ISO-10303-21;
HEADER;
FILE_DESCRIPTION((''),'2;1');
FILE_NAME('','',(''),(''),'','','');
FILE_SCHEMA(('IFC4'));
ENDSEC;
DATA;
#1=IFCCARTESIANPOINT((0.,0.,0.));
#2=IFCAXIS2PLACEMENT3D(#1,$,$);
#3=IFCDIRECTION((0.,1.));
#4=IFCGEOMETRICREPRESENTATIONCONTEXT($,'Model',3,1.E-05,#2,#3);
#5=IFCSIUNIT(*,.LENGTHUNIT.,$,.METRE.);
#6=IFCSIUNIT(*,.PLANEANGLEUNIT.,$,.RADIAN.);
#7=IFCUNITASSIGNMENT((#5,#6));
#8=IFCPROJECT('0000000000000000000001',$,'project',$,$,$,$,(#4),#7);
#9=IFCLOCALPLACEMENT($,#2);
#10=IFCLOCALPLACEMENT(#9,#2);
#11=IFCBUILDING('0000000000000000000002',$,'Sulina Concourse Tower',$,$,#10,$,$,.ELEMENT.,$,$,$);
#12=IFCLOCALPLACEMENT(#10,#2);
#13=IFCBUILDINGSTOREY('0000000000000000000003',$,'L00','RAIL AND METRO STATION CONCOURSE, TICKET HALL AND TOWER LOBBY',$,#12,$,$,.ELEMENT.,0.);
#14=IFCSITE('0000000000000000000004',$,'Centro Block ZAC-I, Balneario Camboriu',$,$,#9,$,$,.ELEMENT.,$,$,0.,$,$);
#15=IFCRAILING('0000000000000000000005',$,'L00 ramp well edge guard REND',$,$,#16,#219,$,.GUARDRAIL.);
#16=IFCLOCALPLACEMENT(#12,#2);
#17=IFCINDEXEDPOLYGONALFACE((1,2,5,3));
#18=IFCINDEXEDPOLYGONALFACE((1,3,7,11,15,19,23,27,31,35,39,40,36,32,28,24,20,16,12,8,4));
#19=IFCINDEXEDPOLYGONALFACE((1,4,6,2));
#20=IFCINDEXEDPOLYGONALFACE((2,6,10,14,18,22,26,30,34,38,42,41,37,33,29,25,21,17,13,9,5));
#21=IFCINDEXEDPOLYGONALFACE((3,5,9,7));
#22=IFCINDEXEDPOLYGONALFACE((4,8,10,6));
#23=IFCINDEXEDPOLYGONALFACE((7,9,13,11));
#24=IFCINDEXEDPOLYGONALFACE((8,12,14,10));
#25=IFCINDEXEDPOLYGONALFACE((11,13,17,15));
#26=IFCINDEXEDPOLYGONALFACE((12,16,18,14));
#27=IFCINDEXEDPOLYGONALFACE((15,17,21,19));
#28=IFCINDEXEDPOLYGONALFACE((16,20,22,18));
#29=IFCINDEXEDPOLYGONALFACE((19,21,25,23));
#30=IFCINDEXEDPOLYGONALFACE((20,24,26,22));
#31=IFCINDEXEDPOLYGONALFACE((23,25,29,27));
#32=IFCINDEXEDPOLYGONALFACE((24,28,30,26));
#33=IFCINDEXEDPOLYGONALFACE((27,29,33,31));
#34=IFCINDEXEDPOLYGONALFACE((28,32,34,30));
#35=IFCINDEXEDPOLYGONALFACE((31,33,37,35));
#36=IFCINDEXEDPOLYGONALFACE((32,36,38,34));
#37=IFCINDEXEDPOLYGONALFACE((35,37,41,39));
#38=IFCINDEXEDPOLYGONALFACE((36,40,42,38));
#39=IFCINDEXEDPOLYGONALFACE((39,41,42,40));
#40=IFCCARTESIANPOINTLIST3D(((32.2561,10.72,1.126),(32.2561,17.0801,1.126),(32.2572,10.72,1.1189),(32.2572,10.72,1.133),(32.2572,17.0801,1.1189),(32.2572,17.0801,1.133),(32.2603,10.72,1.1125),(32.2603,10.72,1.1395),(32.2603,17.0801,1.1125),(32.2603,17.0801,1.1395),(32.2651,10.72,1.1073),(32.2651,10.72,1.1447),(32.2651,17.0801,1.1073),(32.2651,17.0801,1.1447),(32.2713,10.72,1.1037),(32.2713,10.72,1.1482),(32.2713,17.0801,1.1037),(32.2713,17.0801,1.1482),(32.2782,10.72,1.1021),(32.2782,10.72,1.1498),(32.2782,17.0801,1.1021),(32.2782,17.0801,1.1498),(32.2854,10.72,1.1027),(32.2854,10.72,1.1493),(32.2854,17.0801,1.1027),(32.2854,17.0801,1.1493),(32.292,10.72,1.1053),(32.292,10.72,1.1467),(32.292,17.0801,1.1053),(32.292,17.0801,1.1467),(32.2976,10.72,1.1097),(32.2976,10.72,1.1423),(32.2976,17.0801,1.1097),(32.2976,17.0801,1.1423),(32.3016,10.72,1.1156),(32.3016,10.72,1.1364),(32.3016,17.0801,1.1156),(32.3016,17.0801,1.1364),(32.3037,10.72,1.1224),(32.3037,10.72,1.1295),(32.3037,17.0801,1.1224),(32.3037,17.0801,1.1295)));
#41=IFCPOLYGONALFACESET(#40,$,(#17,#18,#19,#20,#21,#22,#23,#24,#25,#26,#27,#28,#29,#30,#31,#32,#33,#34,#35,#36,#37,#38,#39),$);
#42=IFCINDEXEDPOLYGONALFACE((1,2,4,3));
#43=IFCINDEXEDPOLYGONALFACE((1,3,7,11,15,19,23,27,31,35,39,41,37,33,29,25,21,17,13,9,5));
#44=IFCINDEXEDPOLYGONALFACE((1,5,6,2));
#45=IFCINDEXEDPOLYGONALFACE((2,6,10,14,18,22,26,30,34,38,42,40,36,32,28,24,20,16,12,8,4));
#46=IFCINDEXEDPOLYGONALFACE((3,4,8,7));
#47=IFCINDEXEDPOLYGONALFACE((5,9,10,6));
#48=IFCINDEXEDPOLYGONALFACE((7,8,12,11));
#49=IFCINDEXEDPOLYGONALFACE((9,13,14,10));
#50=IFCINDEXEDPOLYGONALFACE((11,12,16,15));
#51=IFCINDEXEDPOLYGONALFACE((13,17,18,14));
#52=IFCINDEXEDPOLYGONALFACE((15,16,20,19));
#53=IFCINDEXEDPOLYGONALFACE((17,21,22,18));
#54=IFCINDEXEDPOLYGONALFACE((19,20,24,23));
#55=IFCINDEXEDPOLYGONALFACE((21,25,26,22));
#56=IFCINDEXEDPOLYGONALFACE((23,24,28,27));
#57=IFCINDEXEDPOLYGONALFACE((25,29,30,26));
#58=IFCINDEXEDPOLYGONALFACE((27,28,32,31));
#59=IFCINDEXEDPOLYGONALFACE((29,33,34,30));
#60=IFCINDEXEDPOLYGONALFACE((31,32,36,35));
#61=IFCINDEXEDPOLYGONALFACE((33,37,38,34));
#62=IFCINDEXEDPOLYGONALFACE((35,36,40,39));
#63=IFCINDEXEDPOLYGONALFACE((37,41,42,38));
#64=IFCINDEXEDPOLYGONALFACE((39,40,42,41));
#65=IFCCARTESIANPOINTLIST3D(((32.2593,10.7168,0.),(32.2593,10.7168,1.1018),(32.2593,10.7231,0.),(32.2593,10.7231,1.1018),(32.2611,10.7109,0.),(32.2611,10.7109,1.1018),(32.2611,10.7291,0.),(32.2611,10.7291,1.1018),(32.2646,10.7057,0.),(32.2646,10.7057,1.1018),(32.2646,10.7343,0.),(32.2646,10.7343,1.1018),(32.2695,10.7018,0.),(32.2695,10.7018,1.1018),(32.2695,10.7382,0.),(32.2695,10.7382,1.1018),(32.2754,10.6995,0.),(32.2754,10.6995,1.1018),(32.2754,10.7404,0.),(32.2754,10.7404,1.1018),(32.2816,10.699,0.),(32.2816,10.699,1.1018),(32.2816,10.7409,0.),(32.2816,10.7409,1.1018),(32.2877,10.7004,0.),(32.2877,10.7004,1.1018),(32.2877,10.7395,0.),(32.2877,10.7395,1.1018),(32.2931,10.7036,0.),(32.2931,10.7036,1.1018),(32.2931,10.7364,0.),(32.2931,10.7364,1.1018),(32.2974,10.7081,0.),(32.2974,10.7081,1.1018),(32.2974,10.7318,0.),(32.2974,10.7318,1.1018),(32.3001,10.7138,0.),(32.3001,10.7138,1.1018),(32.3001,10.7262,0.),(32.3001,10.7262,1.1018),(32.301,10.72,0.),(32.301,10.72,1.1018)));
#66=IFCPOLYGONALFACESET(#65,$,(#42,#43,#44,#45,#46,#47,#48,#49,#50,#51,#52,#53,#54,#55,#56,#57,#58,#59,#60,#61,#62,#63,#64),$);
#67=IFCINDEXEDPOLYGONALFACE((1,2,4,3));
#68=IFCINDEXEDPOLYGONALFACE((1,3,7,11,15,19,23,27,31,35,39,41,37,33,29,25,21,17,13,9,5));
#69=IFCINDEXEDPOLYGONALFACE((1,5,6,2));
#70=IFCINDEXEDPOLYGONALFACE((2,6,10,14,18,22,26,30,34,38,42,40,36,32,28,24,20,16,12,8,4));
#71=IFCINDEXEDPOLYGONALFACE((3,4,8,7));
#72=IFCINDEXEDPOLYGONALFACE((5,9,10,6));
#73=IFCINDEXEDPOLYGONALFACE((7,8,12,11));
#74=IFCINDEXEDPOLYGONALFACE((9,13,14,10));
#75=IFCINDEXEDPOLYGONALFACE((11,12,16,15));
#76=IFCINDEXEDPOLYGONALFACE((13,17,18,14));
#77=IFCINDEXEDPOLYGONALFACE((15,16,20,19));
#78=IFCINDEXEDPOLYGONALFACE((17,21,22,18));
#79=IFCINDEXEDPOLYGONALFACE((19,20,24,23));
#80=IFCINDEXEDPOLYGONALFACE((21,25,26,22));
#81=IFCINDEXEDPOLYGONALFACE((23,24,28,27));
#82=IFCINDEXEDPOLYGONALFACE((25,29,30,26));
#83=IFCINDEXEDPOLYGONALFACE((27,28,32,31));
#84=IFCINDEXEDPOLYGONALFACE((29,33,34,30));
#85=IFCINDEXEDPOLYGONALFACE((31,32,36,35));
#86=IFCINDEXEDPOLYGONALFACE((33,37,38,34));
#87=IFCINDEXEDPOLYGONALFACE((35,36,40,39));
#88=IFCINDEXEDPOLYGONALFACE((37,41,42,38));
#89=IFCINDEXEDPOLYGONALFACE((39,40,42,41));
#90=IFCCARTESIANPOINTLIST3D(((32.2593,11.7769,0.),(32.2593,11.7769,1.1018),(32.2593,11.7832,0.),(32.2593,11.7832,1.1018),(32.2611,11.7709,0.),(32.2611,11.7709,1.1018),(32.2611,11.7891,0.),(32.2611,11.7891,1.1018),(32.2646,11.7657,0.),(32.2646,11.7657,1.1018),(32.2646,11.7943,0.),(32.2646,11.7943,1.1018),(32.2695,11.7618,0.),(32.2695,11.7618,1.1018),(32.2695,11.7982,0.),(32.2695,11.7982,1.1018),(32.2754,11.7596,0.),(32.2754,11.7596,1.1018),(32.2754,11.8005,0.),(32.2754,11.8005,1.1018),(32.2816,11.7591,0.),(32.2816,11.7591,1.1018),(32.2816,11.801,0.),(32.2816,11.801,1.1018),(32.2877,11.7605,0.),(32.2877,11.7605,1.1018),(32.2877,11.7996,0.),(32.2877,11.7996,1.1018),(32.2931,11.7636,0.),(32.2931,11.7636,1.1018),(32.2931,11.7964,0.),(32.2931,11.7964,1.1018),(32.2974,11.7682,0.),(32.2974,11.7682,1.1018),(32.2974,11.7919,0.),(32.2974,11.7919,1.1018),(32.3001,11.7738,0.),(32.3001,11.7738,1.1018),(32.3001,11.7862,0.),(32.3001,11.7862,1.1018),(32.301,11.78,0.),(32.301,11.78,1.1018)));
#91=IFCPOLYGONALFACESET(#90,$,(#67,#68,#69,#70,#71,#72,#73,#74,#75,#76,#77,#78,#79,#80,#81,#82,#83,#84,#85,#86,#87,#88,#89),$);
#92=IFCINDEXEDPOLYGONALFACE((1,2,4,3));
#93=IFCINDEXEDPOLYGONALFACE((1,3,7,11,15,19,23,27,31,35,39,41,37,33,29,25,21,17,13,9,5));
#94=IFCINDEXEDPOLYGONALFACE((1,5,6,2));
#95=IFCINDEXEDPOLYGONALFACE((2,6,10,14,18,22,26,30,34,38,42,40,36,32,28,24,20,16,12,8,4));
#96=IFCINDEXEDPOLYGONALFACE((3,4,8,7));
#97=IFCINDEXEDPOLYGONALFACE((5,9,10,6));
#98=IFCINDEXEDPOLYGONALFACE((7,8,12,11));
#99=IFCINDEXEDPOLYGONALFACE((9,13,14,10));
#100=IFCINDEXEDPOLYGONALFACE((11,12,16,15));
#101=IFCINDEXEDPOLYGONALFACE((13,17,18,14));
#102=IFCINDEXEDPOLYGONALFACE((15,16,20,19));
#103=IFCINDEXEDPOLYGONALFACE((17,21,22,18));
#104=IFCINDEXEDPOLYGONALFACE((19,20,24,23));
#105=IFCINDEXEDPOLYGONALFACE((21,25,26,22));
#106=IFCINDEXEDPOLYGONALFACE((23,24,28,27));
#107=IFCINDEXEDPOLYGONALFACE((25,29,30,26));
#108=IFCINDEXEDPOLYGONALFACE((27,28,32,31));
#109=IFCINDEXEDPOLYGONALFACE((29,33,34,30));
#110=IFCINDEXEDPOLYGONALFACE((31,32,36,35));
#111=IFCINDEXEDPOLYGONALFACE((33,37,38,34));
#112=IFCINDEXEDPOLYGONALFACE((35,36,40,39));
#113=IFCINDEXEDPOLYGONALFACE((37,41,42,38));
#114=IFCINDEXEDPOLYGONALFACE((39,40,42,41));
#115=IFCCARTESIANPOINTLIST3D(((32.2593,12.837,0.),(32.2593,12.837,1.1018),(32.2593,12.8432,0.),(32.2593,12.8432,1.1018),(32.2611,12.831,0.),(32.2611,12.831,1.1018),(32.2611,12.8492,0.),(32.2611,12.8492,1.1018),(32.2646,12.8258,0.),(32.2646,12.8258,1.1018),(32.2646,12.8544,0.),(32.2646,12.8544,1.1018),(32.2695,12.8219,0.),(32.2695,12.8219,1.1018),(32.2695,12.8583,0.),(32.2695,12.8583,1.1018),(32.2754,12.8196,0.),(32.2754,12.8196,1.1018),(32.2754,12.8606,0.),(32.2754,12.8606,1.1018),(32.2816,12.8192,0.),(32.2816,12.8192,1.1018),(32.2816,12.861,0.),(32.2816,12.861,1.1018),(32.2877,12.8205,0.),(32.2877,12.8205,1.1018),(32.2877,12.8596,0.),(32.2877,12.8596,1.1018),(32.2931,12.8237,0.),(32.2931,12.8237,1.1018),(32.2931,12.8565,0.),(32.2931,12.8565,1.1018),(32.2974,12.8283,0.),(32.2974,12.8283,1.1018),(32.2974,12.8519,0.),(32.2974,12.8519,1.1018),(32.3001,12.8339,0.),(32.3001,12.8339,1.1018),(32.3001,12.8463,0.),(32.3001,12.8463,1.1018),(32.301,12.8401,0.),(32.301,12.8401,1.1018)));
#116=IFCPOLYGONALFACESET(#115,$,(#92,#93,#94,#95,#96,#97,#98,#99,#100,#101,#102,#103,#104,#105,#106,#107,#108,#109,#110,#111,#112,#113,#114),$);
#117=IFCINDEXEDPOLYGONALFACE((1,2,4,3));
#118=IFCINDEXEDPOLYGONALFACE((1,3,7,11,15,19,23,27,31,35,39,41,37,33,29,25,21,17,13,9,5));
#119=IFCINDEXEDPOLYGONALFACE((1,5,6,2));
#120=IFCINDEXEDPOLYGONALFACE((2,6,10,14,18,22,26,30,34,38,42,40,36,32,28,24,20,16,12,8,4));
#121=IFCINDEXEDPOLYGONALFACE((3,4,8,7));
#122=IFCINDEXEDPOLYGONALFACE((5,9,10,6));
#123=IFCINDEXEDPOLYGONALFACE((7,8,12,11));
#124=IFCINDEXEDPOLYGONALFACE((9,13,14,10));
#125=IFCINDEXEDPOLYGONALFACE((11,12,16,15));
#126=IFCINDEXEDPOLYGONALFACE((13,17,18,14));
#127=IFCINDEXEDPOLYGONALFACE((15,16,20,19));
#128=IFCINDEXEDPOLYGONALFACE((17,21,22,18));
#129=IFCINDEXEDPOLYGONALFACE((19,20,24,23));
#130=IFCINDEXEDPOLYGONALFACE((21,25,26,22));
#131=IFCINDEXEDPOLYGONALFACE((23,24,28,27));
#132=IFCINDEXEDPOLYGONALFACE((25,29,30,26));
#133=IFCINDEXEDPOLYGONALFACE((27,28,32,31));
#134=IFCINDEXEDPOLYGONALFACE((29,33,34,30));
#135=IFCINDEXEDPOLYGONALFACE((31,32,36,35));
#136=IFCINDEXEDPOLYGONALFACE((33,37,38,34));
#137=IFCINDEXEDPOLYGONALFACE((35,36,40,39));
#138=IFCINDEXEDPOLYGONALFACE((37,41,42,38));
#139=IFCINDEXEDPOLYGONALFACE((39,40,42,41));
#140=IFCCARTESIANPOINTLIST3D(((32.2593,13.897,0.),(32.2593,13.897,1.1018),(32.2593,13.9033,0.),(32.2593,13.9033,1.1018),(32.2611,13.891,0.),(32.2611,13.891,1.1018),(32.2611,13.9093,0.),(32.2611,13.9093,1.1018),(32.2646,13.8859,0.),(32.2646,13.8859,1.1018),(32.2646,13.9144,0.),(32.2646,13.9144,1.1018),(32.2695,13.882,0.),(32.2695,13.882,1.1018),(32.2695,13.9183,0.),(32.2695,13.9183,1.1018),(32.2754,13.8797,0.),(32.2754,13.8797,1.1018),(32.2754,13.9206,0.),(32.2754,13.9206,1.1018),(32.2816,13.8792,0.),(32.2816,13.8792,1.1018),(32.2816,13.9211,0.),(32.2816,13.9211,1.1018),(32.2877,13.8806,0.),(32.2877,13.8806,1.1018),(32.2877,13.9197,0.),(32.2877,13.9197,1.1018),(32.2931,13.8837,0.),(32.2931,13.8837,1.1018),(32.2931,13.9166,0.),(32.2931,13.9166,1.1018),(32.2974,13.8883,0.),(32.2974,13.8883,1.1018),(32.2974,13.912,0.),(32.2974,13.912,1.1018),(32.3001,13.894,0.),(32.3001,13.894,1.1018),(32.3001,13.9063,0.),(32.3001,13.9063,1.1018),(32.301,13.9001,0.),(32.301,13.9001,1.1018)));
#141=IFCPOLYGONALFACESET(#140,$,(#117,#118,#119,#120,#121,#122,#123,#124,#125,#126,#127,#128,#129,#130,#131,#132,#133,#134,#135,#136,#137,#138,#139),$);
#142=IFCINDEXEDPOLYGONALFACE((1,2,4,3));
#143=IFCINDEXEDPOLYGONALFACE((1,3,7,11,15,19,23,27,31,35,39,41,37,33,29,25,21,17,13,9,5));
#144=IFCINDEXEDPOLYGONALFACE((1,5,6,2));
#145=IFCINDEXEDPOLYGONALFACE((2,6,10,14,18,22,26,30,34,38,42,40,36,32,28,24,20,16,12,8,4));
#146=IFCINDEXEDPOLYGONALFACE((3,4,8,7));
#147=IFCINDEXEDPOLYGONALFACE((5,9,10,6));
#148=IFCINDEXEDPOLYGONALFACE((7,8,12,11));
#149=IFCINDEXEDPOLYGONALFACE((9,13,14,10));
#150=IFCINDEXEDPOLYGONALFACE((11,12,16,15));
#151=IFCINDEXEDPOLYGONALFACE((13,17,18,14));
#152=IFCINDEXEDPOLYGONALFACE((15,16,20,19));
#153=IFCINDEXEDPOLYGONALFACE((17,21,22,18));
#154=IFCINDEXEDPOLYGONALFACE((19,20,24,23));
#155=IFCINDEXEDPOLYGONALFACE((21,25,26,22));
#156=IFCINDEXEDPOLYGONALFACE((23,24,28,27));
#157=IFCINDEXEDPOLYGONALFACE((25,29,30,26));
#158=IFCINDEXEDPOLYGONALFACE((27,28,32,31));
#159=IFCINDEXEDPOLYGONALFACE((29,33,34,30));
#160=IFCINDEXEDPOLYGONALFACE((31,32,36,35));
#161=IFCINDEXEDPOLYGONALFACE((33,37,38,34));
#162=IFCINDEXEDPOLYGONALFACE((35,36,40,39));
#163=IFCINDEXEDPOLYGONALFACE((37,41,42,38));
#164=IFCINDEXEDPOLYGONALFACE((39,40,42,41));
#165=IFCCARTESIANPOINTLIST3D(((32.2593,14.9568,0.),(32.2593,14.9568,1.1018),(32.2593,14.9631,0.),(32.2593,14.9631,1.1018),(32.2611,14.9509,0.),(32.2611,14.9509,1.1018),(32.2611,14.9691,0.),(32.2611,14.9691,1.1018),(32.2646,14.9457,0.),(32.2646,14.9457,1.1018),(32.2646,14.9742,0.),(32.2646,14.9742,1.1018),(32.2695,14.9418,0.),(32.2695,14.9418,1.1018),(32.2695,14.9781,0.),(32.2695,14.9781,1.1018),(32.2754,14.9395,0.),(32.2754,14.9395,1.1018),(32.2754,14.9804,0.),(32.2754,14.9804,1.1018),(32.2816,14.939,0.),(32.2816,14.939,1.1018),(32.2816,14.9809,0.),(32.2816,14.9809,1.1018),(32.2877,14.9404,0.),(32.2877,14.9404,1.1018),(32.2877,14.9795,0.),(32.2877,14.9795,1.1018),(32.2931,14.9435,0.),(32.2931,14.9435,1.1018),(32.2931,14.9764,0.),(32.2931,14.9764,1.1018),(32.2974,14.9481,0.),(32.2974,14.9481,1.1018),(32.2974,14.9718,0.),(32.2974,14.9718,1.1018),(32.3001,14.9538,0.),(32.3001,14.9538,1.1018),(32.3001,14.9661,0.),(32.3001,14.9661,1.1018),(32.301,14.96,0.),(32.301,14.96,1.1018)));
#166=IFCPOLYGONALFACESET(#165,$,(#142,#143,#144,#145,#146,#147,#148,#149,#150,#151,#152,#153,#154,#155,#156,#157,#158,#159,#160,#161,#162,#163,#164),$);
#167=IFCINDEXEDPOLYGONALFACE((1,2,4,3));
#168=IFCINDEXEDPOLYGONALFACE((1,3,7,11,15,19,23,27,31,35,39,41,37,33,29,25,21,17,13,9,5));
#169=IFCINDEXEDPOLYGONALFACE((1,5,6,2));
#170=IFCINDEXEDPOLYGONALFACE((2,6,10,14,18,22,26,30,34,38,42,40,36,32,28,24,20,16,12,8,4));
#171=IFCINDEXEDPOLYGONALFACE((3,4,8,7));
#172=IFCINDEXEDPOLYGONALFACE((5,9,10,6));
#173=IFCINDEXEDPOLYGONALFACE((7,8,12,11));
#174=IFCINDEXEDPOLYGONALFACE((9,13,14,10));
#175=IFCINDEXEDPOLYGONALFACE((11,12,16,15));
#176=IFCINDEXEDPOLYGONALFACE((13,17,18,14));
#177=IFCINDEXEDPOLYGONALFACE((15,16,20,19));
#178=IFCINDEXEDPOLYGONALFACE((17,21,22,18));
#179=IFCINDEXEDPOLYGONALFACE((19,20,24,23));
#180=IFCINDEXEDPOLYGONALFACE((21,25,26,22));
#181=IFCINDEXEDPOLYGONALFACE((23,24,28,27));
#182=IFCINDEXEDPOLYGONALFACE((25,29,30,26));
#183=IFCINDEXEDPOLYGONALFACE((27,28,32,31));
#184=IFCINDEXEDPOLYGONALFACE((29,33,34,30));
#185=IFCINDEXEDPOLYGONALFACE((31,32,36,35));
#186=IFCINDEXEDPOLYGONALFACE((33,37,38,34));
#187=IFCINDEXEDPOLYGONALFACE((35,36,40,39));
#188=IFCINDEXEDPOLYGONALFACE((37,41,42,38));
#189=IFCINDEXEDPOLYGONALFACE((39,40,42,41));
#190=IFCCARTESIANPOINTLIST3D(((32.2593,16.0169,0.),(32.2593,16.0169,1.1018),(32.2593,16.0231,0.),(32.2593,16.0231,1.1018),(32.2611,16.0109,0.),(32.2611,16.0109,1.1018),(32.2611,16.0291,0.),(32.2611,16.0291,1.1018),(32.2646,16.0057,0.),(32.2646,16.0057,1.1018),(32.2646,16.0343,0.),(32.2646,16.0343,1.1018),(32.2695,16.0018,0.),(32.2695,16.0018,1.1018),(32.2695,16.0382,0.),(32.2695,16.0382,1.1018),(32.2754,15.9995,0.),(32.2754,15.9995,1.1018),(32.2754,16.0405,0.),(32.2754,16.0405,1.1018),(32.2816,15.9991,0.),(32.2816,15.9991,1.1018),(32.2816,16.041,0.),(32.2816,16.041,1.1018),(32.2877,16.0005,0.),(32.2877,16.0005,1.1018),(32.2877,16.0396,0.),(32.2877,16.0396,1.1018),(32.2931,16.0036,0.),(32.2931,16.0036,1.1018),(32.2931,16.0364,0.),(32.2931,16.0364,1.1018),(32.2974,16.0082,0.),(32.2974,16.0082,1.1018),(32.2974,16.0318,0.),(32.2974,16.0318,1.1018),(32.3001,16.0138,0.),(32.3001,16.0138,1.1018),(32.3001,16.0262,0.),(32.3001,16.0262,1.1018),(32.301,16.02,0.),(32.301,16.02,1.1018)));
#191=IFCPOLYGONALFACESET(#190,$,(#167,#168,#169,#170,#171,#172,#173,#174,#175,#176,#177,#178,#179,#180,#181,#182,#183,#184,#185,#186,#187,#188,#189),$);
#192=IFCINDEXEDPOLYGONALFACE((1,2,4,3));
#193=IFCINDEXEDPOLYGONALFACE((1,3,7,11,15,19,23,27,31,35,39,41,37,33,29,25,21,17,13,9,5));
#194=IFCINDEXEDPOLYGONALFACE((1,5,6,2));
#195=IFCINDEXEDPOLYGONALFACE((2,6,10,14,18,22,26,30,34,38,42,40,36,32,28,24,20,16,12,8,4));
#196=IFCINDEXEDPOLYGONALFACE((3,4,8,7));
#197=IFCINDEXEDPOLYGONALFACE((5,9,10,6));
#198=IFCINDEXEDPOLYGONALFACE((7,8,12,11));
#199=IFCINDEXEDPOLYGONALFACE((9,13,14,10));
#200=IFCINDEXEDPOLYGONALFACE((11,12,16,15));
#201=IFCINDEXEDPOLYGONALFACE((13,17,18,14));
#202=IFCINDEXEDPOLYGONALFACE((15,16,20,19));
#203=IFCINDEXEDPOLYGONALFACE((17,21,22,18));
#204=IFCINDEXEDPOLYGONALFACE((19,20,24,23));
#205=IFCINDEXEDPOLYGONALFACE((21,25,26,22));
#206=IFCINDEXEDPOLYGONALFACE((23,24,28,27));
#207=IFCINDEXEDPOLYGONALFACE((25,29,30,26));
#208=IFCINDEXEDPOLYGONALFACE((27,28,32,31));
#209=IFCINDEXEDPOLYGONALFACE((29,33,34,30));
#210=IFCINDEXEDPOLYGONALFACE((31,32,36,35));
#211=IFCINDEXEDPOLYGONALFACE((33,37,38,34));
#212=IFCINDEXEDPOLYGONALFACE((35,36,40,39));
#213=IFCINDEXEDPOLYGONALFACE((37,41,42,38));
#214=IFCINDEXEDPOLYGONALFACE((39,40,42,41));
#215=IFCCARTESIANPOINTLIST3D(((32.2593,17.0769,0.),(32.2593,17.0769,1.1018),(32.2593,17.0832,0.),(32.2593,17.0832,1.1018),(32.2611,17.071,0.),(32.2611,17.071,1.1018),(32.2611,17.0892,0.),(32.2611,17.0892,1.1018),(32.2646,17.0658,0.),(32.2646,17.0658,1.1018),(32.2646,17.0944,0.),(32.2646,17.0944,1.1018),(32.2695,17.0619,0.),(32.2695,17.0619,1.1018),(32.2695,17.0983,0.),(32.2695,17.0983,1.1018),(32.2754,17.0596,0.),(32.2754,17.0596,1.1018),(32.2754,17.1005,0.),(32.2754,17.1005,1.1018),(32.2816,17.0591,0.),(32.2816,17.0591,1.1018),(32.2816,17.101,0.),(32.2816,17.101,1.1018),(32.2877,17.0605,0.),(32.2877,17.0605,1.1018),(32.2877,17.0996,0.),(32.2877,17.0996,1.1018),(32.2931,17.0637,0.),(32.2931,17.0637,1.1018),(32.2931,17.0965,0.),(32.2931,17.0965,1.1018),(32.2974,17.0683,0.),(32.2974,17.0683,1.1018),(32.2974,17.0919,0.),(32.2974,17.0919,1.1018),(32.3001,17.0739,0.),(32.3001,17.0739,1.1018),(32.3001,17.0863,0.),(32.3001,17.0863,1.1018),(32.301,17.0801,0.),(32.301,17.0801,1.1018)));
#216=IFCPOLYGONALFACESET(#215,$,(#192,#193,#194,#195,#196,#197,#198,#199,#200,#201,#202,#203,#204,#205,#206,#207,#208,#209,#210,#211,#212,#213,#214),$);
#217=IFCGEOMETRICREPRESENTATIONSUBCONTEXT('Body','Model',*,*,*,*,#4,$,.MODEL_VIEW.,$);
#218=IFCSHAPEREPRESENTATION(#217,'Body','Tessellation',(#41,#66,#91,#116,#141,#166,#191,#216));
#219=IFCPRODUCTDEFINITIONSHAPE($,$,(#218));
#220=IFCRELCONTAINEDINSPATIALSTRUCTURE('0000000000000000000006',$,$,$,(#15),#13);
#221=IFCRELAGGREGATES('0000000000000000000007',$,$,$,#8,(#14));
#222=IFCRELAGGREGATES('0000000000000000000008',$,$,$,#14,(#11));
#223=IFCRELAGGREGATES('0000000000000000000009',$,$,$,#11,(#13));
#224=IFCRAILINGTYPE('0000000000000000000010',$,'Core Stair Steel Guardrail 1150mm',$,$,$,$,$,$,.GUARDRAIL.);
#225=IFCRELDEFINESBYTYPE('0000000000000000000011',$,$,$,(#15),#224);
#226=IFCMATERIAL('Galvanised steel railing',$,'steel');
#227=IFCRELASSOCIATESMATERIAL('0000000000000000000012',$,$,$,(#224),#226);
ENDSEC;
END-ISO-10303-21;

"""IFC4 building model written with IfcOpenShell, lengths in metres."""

from ifc_helpers import new_model, si_unit, direction, frame, origin, origin_2d, place, context, subcontext, project, spatial, circle, extrude, material, type_object, element, save


model = new_model("IFC4")

# Units and contexts
model_context = context("Model", 3, precision=1e-05, world=origin(), true_north=direction((0.0, 1.0)))
body_context = subcontext(model_context, "Body", "Model", "MODEL_VIEW")
ifc_project = project(units=[si_unit("LENGTHUNIT", "METRE"), si_unit("PLANEANGLEUNIT", "RADIAN")], contexts=[model_context])

# Site, building, storey
site_placement = place(None, origin())
site = spatial("IfcSite", under=ifc_project, at=site_placement, Name="Centro Block ZAC-I, Balneario Camboriu", CompositionType="ELEMENT", RefElevation=0.0)
building_placement = place(site_placement, origin())
building = spatial("IfcBuilding", under=site, at=building_placement, Name="Sulina Concourse Tower", CompositionType="ELEMENT")
storey_placement = place(building_placement, origin())
storey = spatial("IfcBuildingStorey", under=building, at=storey_placement, Name="L00", Description="RAIL AND METRO STATION CONCOURSE, TICKET HALL AND TOWER LOBBY", CompositionType="ELEMENT", Elevation=0.0)

# Railing
ifc_material_1 = material(Name="Galvanised steel railing", Category="steel")
railing_type_1 = type_object("IfcRailingType", Name="Core Stair Steel Guardrail 1150mm", PredefinedType="GUARDRAIL", material=ifc_material_1)
railing_placement = place(storey_placement, frame((32.28, 10.72, 0.0)))
element("IfcRailing", 1, at=railing_placement, inside=storey, type_object=railing_type_1, Name="L00 ramp well edge guard REND", PredefinedType="GUARDRAIL", context=body_context, shape_type="SweptSolid", body=[
    extrude(circle(Radius=0.0239, at=origin_2d()), frame((0.0, 0.0, 1.126), z_axis=(0.0, 1.0, 0.0), x_axis=(-1.0, 0.0, 0.0)), (0.0, 0.0, 1.0), 6.3601),
    extrude(circle(Radius=0.021, at=origin_2d()), origin(), (0.0, 0.0, 1.0), 1.1018),
    extrude(circle(Radius=0.021, at=origin_2d()), frame((0.0, 1.0601, 0.0)), (0.0, 0.0, 1.0), 1.1018),
    extrude(circle(Radius=0.021, at=origin_2d()), frame((0.0, 2.1201, 0.0)), (0.0, 0.0, 1.0), 1.1018),
    extrude(circle(Radius=0.021, at=origin_2d()), frame((0.0, 3.1802, 0.0)), (0.0, 0.0, 1.0), 1.1018),
    extrude(circle(Radius=0.021, at=origin_2d()), frame((0.0, 4.24, 0.0)), (0.0, 0.0, 1.0), 1.1018),
    extrude(circle(Radius=0.021, at=origin_2d()), frame((0.0, 5.3, 0.0)), (0.0, 0.0, 1.0), 1.1018),
    extrude(circle(Radius=0.021, at=origin_2d()), frame((0.0, 6.3601, 0.0)), (0.0, 0.0, 1.0), 1.1018),
])

save(model, "model.ifc")
